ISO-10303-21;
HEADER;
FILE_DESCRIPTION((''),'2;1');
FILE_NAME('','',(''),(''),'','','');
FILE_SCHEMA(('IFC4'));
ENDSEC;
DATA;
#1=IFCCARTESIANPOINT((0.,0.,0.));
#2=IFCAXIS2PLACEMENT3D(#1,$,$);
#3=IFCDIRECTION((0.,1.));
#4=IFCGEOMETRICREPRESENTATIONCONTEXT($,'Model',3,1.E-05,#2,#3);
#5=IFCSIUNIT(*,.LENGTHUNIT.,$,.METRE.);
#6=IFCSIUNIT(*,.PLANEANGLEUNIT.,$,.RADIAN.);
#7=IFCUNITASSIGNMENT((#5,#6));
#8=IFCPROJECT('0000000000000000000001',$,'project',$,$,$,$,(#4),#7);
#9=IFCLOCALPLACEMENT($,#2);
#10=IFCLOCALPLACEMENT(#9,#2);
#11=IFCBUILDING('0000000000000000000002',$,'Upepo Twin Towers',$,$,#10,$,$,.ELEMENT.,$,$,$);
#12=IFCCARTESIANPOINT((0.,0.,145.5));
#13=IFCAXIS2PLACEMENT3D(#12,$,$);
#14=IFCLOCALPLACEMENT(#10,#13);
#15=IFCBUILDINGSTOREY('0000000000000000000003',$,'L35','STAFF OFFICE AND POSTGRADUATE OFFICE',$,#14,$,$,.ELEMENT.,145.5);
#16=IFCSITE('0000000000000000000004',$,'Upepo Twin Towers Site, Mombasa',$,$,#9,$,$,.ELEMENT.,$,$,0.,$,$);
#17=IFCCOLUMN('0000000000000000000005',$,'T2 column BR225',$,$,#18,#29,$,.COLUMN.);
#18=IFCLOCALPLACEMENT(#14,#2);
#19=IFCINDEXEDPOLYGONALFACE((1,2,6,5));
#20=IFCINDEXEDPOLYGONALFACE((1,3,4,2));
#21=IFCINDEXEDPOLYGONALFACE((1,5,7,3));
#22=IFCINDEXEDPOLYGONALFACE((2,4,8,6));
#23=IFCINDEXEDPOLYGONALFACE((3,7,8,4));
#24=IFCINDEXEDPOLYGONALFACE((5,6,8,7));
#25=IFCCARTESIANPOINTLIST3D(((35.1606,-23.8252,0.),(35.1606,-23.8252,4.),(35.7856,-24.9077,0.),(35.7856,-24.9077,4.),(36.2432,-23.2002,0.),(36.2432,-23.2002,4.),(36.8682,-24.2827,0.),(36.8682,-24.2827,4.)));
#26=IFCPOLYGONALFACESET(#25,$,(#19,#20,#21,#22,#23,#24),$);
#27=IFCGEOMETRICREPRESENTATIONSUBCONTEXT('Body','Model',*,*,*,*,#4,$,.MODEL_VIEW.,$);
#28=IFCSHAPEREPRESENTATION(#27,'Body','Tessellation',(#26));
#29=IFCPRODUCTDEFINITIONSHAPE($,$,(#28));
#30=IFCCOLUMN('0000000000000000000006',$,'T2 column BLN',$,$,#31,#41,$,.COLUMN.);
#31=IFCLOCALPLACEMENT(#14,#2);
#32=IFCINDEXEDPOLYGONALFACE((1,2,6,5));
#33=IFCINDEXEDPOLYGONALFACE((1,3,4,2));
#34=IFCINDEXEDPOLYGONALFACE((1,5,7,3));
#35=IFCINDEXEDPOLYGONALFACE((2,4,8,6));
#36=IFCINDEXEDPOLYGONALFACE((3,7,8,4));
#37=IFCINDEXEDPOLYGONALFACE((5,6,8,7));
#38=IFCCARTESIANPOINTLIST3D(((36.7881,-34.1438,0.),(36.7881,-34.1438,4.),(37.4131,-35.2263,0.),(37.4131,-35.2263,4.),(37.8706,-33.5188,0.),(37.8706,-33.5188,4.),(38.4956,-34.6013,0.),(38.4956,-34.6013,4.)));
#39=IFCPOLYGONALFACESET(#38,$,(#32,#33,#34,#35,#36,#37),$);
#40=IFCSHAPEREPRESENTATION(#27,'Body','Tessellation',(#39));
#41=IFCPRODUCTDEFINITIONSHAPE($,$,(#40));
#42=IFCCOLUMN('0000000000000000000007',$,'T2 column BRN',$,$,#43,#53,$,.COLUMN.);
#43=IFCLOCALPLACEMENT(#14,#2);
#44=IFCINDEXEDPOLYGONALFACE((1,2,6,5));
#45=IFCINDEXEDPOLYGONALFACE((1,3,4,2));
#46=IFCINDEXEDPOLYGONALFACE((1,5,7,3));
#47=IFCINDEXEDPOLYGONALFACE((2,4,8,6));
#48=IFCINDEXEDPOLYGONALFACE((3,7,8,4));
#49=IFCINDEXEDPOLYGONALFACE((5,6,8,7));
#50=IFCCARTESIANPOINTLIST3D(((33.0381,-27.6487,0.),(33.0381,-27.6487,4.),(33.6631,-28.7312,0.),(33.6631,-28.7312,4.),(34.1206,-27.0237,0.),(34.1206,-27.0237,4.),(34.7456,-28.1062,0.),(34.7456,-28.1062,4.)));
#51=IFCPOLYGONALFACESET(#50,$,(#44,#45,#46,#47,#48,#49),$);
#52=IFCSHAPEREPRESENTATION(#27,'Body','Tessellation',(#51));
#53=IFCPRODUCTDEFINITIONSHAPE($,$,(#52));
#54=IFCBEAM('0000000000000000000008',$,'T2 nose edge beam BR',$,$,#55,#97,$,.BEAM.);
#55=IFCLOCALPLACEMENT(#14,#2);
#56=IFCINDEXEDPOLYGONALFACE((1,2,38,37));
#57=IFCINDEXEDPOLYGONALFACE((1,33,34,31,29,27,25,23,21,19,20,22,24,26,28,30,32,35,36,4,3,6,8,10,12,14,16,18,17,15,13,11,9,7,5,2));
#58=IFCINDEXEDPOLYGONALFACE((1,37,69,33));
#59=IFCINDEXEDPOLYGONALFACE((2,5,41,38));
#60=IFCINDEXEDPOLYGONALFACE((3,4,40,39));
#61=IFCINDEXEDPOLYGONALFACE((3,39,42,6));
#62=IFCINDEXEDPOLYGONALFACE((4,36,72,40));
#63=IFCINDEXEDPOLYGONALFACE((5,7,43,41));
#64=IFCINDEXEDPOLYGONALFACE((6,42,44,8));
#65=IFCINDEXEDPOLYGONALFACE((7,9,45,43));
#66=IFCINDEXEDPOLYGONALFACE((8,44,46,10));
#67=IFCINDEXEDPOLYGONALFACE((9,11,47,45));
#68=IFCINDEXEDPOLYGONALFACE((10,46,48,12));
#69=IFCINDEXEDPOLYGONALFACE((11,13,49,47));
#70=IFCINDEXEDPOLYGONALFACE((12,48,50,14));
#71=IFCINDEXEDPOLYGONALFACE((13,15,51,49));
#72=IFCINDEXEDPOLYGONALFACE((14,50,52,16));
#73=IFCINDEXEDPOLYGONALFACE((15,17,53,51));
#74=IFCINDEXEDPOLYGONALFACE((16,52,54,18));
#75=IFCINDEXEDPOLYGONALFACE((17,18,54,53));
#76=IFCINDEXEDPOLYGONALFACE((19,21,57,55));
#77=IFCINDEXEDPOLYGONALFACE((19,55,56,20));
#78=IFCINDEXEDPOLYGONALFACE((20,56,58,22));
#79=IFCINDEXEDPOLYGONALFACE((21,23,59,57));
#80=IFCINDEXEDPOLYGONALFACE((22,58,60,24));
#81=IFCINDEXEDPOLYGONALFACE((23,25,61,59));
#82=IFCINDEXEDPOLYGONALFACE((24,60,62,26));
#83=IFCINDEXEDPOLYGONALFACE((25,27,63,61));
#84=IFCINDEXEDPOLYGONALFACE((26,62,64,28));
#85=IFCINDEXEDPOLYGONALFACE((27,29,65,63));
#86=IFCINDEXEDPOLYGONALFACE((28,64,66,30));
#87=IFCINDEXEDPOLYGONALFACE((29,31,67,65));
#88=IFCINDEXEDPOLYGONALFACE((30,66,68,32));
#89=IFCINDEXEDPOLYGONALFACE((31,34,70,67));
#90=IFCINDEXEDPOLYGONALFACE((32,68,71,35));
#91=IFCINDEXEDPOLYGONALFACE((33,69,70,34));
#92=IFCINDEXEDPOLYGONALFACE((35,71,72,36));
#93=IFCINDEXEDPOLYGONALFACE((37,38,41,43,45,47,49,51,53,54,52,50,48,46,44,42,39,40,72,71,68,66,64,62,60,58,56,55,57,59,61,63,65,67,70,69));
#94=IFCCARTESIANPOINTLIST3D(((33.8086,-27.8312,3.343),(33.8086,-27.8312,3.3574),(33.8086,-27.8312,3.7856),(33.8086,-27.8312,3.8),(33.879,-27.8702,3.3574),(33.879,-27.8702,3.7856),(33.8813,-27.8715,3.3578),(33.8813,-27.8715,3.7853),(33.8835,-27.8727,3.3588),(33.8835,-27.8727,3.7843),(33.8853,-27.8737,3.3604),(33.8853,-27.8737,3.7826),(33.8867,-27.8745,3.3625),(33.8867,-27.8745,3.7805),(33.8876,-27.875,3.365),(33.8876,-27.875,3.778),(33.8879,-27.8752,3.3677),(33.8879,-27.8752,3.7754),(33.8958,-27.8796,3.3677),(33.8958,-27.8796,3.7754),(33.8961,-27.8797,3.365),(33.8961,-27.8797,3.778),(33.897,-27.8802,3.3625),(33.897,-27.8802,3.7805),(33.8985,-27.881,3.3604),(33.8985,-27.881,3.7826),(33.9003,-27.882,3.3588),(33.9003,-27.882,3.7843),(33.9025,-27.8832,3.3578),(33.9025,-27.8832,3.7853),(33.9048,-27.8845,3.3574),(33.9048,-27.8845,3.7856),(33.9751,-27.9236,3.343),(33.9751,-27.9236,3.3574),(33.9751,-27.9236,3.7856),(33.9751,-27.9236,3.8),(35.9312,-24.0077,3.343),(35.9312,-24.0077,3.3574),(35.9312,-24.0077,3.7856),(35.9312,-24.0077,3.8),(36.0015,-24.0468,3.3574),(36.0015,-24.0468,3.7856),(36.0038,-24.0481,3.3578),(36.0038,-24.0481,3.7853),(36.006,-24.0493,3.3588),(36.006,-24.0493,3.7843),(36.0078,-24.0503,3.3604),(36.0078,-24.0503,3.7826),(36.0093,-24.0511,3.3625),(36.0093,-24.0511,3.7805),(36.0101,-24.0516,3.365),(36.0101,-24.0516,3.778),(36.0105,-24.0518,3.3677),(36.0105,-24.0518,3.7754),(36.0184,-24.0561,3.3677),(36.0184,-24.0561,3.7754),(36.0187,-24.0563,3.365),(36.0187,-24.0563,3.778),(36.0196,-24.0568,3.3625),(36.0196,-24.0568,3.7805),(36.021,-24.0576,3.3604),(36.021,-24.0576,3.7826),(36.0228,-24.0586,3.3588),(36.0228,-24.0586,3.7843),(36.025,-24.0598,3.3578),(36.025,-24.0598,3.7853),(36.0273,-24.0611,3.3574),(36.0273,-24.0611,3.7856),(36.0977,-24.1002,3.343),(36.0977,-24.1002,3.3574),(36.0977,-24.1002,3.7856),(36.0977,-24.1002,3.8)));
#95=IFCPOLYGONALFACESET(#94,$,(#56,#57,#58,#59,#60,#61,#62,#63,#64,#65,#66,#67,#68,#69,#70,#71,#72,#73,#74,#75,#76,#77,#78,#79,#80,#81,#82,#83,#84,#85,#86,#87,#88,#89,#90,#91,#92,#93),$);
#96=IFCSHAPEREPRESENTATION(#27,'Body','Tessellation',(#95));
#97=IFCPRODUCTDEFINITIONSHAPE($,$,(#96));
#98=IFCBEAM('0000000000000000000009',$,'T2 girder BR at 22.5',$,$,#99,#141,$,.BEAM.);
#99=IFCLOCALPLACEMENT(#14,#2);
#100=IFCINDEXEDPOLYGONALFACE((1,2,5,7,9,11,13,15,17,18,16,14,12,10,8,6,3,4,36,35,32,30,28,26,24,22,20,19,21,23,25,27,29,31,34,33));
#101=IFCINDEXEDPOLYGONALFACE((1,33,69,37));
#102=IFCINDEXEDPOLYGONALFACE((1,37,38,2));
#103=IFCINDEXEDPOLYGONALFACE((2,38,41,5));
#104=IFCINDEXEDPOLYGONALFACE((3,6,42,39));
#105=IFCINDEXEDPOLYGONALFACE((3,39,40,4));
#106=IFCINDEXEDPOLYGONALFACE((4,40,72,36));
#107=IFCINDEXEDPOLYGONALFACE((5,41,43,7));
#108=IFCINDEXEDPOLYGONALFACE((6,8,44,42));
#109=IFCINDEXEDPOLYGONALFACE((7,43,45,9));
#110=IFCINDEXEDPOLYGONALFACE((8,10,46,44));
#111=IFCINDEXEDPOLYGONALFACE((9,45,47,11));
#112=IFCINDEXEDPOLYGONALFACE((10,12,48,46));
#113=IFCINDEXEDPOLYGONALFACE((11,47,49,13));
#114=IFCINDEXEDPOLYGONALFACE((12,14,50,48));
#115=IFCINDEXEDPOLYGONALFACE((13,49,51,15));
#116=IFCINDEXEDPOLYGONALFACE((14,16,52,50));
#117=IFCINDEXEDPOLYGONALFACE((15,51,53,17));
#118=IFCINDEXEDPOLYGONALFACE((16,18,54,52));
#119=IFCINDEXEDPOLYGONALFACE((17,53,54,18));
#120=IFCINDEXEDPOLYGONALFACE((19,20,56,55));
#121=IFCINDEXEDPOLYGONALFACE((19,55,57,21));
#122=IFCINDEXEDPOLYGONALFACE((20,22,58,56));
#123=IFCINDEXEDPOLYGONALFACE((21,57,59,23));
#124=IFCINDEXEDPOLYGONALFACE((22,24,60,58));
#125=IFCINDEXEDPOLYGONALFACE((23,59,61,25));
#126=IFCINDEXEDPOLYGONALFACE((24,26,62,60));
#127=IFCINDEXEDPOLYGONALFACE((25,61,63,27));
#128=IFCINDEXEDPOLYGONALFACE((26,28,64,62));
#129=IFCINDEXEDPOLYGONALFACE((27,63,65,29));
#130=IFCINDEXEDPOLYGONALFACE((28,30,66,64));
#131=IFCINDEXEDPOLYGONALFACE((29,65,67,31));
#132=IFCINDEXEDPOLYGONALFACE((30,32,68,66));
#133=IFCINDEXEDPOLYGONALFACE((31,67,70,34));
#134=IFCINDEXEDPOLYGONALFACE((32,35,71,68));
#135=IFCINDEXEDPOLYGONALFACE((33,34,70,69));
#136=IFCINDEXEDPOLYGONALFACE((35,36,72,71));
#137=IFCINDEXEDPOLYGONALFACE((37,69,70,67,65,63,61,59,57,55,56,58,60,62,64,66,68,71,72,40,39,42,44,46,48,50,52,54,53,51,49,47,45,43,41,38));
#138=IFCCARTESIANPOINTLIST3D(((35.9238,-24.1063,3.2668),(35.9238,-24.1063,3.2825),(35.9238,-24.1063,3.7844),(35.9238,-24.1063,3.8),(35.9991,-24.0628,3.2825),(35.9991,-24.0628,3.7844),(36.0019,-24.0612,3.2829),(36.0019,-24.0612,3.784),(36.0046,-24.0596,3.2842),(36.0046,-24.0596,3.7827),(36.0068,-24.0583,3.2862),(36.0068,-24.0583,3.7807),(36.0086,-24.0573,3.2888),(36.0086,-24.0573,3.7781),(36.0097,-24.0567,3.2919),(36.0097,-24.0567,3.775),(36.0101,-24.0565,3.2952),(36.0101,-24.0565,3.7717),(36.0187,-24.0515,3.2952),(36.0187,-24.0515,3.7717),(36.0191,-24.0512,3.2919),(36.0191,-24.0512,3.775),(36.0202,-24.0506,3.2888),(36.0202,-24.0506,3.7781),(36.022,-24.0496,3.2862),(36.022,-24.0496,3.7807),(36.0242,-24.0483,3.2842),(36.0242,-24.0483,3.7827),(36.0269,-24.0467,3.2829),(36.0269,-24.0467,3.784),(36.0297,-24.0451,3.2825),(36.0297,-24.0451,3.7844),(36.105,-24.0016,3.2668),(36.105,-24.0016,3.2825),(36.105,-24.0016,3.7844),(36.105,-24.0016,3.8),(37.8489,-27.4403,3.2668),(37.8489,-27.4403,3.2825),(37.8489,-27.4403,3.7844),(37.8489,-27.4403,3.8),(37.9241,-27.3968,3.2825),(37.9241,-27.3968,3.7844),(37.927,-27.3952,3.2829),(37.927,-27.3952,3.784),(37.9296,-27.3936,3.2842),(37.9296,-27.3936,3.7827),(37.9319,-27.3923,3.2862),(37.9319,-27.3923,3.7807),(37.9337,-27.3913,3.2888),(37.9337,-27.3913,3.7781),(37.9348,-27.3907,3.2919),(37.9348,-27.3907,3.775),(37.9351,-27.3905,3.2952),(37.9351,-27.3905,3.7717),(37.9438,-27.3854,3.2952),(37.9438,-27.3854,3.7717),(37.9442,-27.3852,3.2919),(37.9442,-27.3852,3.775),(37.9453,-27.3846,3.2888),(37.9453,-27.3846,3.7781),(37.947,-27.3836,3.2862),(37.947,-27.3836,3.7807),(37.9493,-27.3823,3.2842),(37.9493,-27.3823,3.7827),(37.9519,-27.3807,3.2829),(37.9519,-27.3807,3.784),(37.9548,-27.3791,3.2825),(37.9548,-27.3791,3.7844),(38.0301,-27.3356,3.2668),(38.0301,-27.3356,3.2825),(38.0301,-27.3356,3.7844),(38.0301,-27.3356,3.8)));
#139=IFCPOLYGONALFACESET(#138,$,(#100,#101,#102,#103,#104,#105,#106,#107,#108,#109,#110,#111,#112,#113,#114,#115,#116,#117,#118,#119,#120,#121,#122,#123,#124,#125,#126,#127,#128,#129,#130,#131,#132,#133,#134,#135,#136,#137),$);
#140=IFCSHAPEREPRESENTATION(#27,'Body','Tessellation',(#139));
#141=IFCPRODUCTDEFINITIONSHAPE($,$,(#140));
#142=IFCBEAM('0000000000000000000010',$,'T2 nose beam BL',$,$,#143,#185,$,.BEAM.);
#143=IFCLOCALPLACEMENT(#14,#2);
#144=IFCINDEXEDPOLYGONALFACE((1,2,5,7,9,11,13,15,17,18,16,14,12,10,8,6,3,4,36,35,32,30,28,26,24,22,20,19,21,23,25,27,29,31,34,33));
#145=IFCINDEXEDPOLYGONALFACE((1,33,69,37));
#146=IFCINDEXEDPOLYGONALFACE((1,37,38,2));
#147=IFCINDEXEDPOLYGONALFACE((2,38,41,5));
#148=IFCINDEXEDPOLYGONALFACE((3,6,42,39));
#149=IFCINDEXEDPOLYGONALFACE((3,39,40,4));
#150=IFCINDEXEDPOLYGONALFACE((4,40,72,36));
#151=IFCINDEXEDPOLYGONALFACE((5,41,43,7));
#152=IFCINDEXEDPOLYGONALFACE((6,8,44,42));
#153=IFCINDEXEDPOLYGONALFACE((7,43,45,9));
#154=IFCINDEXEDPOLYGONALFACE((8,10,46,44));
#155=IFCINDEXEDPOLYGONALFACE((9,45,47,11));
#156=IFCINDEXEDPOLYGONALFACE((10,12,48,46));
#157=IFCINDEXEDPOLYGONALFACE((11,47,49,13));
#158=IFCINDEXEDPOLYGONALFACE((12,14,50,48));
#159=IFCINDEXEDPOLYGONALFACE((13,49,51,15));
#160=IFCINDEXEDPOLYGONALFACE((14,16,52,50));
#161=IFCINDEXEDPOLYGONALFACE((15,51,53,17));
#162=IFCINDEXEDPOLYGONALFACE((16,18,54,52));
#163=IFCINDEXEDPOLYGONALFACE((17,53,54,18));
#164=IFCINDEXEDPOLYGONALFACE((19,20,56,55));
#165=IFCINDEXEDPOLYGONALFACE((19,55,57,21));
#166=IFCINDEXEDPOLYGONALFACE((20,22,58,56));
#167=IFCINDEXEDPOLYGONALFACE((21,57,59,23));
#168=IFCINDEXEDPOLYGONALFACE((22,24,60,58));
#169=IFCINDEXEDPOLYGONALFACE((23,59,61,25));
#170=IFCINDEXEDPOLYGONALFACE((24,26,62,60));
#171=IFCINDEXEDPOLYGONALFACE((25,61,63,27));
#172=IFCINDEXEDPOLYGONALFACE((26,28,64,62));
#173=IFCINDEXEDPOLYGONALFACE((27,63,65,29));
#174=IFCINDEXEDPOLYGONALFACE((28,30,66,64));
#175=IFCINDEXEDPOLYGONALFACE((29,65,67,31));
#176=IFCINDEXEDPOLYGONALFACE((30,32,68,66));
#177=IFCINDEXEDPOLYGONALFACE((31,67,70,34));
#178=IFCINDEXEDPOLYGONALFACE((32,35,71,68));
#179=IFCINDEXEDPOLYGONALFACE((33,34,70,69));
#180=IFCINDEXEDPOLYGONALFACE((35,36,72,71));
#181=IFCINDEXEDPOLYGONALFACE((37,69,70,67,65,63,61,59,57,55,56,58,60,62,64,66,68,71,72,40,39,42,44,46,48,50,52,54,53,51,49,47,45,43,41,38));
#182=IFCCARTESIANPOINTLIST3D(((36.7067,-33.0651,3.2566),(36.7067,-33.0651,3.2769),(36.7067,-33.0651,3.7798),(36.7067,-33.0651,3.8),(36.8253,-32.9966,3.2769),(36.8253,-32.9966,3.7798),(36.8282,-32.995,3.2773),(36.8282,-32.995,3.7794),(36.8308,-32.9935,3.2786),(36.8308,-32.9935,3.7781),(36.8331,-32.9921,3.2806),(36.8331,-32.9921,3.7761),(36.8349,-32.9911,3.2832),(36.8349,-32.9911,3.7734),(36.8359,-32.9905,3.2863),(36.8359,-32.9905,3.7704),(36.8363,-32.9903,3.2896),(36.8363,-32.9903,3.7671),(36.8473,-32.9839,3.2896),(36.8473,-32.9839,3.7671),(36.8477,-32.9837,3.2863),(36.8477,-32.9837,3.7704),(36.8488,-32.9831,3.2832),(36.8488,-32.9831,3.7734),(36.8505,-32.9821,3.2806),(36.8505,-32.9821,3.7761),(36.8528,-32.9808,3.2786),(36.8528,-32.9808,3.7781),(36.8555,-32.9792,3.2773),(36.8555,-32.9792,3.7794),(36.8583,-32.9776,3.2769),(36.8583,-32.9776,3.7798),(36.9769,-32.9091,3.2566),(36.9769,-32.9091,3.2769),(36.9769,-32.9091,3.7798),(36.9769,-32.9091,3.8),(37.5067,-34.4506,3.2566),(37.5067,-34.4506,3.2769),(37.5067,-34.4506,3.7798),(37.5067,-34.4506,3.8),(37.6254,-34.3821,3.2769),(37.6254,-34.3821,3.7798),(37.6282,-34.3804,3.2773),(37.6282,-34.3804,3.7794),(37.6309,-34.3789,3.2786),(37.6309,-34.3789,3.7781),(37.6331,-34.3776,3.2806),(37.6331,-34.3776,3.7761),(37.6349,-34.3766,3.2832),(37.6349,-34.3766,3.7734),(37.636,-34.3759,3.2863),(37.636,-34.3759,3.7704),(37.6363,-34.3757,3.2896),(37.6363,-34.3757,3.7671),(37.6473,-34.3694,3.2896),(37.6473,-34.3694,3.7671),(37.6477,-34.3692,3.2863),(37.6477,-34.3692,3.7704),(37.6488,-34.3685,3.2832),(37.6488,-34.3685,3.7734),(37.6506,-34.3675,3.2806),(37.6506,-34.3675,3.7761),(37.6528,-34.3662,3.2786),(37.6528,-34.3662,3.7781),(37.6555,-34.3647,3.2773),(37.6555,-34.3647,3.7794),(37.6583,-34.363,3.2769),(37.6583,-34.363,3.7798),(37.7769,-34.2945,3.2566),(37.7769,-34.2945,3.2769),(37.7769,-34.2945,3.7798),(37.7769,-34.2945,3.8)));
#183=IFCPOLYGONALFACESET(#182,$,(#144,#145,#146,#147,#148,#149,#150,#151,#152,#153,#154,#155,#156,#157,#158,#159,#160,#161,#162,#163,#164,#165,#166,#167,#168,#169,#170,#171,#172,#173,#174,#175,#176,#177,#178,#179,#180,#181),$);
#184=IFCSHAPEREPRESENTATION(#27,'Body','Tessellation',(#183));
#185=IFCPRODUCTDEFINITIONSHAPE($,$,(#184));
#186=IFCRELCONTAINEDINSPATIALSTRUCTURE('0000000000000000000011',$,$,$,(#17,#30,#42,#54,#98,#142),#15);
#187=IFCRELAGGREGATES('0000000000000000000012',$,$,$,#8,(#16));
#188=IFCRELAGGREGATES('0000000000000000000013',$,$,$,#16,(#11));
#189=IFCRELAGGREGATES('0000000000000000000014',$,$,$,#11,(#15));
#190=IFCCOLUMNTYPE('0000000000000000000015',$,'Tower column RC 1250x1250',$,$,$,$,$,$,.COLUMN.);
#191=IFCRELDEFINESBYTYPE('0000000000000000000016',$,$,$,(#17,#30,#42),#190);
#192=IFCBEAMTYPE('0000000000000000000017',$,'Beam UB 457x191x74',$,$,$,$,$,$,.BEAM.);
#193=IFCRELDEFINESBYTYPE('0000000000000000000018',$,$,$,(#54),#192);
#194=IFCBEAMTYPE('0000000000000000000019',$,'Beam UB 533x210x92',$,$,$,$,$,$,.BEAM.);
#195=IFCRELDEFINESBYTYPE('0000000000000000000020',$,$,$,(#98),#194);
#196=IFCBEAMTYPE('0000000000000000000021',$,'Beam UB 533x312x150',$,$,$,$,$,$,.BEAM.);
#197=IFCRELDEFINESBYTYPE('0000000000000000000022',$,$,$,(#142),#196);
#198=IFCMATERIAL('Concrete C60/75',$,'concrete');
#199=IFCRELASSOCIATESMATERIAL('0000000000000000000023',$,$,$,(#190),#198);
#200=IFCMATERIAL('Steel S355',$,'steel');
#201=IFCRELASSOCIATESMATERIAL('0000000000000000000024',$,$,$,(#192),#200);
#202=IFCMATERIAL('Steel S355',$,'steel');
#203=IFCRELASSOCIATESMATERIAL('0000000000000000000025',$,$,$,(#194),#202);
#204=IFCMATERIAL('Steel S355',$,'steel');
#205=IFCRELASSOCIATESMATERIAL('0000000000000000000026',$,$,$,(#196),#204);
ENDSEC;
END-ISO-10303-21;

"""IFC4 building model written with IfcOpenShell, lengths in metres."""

from ifc_helpers import new_model, si_unit, direction, frame, origin, origin_2d, place, context, subcontext, project, spatial, rectangle, i_section, extrude, material, material_profile, profile_set, type_object, element, save


model = new_model("IFC4")

# Units and contexts
model_context = context("Model", 3, precision=1e-05, world=origin(), true_north=direction((0.0, 1.0)))
body_context = subcontext(model_context, "Body", "Model", "MODEL_VIEW")
ifc_project = project(units=[si_unit("LENGTHUNIT", "METRE"), si_unit("PLANEANGLEUNIT", "RADIAN")], contexts=[model_context])

# Site, building, storey
site_placement = place(None, origin())
site = spatial("IfcSite", under=ifc_project, at=site_placement, Name="Upepo Twin Towers Site, Mombasa", CompositionType="ELEMENT", RefElevation=0.0)
building_placement = place(site_placement, origin())
building = spatial("IfcBuilding", under=site, at=building_placement, Name="Upepo Twin Towers", CompositionType="ELEMENT")
storey_placement = place(building_placement, frame((0.0, 0.0, 145.5)))
storey = spatial("IfcBuildingStorey", under=building, at=storey_placement, Name="L35", Description="STAFF OFFICE AND POSTGRADUATE OFFICE", CompositionType="ELEMENT", Elevation=145.5)

# Columns
ifc_material_1 = material(Name="Concrete C60/75", Category="concrete")
ifc_material_profile_1 = material_profile(ifc_material_1, rectangle(XDim=1.25, YDim=1.25, at=origin_2d()), Name="RC 1250x1250")
ifc_profile_set_1 = profile_set([ifc_material_profile_1], Name="Concrete C60/75")
column_type = type_object("IfcColumnType", Name="Tower column RC 1250x1250", PredefinedType="COLUMN", material=ifc_profile_set_1)
for number, where, z_axis, x_axis, name in (
    (1, (36.0144, -24.054, 0.0), (0.0, 0.0, 1.0), (0.866025, 0.5, 0.0), "T2 column BR225"),
    (2, (37.6418, -34.3726, 0.0), (0.0, 0.0, 1.0), (0.866025, 0.5, 0.0), "T2 column BLN"),
    (3, (33.8918, -27.8774, 0.0), (0.0, 0.0, 1.0), (0.866025, 0.5, 0.0), "T2 column BRN"),
):
    element("IfcColumn", number, at=place(storey_placement, frame(where, z_axis=z_axis, x_axis=x_axis)), inside=storey, type_object=column_type, Name=name, PredefinedType="COLUMN", context=body_context, shape_type="SweptSolid", body=[
        extrude(rectangle(XDim=1.25, YDim=1.25, at=origin_2d()), origin(), (0.0, 0.0, 1.0), 4.0),
    ])

# Beams
ifc_material_2 = material(Name="Steel S355", Category="steel")
ifc_material_profile_2 = material_profile(ifc_material_2, i_section(OverallWidth=0.1904, OverallDepth=0.457, WebThickness=0.009, FlangeThickness=0.0144, FilletRadius=0.0103, at=origin_2d()), Name="UB 457x191x74")
ifc_profile_set_2 = profile_set([ifc_material_profile_2], Name="Steel S355")
beam_type_1 = type_object("IfcBeamType", Name="Beam UB 457x191x74", PredefinedType="BEAM", material=ifc_profile_set_2)
beam_1_placement = place(storey_placement, frame((36.0144, -24.054, 3.5715), z_axis=(-0.485363, -0.874313, 0.0), x_axis=(0.874313, -0.485363, 0.0)))
element("IfcBeam", 4, at=beam_1_placement, inside=storey, type_object=beam_type_1, Name="T2 nose edge beam BR", PredefinedType="BEAM", context=body_context, shape_type="SweptSolid", body=[
    extrude(i_section(OverallWidth=0.1904, OverallDepth=0.457, WebThickness=0.009, FlangeThickness=0.0144, FilletRadius=0.0103, at=origin_2d()), origin(), (0.0, 0.0, 1.0), 4.373),
])
ifc_material_3 = material(Name="Steel S355", Category="steel")
ifc_material_profile_3 = material_profile(ifc_material_3, i_section(OverallWidth=0.2092, OverallDepth=0.5332, WebThickness=0.01, FlangeThickness=0.0156, FilletRadius=0.0127, at=origin_2d()), Name="UB 533x210x92")
ifc_profile_set_3 = profile_set([ifc_material_profile_3], Name="Steel S355")
beam_type_2 = type_object("IfcBeamType", Name="Beam UB 533x210x92", PredefinedType="BEAM", material=ifc_profile_set_3)
beam_2_placement = place(storey_placement, frame((36.0144, -24.054, 3.5334), z_axis=(0.500034, -0.866006, 0.0), x_axis=(0.866006, 0.500034, 0.0)))
element("IfcBeam", 5, at=beam_2_placement, inside=storey, type_object=beam_type_2, Name="T2 girder BR at 22.5", PredefinedType="BEAM", context=body_context, shape_type="SweptSolid", body=[
    extrude(i_section(OverallWidth=0.2092, OverallDepth=0.5332, WebThickness=0.01, FlangeThickness=0.0156, FilletRadius=0.0127, at=origin_2d()), origin(), (0.0, 0.0, 1.0), 3.8499),
])
ifc_material_4 = material(Name="Steel S355", Category="steel")
ifc_material_profile_4 = material_profile(ifc_material_4, i_section(OverallWidth=0.312, OverallDepth=0.5435, WebThickness=0.0127, FlangeThickness=0.0203, FilletRadius=0.0127, at=origin_2d()), Name="UB 533x312x150")
ifc_profile_set_4 = profile_set([ifc_material_profile_4], Name="Steel S355")
beam_type_3 = type_object("IfcBeamType", Name="Beam UB 533x312x150", PredefinedType="BEAM", material=ifc_profile_set_4)
for number, where, z_axis, x_axis, name in (
    (6, (37.6418, -34.3726, 3.5283), (-0.500061, 0.86599, 0.0), (-0.86599, -0.500061, 0.0), "T2 nose beam BL"),
):
    element("IfcBeam", number, at=place(storey_placement, frame(where, z_axis=z_axis, x_axis=x_axis)), inside=storey, type_object=beam_type_3, Name=name, PredefinedType="BEAM", context=body_context, shape_type="SweptSolid", body=[
        extrude(i_section(OverallWidth=0.312, OverallDepth=0.5435, WebThickness=0.0127, FlangeThickness=0.0203, FilletRadius=0.0127, at=origin_2d()), origin(), (0.0, 0.0, 1.0), 1.5999),
    ])

save(model, "model.ifc")
